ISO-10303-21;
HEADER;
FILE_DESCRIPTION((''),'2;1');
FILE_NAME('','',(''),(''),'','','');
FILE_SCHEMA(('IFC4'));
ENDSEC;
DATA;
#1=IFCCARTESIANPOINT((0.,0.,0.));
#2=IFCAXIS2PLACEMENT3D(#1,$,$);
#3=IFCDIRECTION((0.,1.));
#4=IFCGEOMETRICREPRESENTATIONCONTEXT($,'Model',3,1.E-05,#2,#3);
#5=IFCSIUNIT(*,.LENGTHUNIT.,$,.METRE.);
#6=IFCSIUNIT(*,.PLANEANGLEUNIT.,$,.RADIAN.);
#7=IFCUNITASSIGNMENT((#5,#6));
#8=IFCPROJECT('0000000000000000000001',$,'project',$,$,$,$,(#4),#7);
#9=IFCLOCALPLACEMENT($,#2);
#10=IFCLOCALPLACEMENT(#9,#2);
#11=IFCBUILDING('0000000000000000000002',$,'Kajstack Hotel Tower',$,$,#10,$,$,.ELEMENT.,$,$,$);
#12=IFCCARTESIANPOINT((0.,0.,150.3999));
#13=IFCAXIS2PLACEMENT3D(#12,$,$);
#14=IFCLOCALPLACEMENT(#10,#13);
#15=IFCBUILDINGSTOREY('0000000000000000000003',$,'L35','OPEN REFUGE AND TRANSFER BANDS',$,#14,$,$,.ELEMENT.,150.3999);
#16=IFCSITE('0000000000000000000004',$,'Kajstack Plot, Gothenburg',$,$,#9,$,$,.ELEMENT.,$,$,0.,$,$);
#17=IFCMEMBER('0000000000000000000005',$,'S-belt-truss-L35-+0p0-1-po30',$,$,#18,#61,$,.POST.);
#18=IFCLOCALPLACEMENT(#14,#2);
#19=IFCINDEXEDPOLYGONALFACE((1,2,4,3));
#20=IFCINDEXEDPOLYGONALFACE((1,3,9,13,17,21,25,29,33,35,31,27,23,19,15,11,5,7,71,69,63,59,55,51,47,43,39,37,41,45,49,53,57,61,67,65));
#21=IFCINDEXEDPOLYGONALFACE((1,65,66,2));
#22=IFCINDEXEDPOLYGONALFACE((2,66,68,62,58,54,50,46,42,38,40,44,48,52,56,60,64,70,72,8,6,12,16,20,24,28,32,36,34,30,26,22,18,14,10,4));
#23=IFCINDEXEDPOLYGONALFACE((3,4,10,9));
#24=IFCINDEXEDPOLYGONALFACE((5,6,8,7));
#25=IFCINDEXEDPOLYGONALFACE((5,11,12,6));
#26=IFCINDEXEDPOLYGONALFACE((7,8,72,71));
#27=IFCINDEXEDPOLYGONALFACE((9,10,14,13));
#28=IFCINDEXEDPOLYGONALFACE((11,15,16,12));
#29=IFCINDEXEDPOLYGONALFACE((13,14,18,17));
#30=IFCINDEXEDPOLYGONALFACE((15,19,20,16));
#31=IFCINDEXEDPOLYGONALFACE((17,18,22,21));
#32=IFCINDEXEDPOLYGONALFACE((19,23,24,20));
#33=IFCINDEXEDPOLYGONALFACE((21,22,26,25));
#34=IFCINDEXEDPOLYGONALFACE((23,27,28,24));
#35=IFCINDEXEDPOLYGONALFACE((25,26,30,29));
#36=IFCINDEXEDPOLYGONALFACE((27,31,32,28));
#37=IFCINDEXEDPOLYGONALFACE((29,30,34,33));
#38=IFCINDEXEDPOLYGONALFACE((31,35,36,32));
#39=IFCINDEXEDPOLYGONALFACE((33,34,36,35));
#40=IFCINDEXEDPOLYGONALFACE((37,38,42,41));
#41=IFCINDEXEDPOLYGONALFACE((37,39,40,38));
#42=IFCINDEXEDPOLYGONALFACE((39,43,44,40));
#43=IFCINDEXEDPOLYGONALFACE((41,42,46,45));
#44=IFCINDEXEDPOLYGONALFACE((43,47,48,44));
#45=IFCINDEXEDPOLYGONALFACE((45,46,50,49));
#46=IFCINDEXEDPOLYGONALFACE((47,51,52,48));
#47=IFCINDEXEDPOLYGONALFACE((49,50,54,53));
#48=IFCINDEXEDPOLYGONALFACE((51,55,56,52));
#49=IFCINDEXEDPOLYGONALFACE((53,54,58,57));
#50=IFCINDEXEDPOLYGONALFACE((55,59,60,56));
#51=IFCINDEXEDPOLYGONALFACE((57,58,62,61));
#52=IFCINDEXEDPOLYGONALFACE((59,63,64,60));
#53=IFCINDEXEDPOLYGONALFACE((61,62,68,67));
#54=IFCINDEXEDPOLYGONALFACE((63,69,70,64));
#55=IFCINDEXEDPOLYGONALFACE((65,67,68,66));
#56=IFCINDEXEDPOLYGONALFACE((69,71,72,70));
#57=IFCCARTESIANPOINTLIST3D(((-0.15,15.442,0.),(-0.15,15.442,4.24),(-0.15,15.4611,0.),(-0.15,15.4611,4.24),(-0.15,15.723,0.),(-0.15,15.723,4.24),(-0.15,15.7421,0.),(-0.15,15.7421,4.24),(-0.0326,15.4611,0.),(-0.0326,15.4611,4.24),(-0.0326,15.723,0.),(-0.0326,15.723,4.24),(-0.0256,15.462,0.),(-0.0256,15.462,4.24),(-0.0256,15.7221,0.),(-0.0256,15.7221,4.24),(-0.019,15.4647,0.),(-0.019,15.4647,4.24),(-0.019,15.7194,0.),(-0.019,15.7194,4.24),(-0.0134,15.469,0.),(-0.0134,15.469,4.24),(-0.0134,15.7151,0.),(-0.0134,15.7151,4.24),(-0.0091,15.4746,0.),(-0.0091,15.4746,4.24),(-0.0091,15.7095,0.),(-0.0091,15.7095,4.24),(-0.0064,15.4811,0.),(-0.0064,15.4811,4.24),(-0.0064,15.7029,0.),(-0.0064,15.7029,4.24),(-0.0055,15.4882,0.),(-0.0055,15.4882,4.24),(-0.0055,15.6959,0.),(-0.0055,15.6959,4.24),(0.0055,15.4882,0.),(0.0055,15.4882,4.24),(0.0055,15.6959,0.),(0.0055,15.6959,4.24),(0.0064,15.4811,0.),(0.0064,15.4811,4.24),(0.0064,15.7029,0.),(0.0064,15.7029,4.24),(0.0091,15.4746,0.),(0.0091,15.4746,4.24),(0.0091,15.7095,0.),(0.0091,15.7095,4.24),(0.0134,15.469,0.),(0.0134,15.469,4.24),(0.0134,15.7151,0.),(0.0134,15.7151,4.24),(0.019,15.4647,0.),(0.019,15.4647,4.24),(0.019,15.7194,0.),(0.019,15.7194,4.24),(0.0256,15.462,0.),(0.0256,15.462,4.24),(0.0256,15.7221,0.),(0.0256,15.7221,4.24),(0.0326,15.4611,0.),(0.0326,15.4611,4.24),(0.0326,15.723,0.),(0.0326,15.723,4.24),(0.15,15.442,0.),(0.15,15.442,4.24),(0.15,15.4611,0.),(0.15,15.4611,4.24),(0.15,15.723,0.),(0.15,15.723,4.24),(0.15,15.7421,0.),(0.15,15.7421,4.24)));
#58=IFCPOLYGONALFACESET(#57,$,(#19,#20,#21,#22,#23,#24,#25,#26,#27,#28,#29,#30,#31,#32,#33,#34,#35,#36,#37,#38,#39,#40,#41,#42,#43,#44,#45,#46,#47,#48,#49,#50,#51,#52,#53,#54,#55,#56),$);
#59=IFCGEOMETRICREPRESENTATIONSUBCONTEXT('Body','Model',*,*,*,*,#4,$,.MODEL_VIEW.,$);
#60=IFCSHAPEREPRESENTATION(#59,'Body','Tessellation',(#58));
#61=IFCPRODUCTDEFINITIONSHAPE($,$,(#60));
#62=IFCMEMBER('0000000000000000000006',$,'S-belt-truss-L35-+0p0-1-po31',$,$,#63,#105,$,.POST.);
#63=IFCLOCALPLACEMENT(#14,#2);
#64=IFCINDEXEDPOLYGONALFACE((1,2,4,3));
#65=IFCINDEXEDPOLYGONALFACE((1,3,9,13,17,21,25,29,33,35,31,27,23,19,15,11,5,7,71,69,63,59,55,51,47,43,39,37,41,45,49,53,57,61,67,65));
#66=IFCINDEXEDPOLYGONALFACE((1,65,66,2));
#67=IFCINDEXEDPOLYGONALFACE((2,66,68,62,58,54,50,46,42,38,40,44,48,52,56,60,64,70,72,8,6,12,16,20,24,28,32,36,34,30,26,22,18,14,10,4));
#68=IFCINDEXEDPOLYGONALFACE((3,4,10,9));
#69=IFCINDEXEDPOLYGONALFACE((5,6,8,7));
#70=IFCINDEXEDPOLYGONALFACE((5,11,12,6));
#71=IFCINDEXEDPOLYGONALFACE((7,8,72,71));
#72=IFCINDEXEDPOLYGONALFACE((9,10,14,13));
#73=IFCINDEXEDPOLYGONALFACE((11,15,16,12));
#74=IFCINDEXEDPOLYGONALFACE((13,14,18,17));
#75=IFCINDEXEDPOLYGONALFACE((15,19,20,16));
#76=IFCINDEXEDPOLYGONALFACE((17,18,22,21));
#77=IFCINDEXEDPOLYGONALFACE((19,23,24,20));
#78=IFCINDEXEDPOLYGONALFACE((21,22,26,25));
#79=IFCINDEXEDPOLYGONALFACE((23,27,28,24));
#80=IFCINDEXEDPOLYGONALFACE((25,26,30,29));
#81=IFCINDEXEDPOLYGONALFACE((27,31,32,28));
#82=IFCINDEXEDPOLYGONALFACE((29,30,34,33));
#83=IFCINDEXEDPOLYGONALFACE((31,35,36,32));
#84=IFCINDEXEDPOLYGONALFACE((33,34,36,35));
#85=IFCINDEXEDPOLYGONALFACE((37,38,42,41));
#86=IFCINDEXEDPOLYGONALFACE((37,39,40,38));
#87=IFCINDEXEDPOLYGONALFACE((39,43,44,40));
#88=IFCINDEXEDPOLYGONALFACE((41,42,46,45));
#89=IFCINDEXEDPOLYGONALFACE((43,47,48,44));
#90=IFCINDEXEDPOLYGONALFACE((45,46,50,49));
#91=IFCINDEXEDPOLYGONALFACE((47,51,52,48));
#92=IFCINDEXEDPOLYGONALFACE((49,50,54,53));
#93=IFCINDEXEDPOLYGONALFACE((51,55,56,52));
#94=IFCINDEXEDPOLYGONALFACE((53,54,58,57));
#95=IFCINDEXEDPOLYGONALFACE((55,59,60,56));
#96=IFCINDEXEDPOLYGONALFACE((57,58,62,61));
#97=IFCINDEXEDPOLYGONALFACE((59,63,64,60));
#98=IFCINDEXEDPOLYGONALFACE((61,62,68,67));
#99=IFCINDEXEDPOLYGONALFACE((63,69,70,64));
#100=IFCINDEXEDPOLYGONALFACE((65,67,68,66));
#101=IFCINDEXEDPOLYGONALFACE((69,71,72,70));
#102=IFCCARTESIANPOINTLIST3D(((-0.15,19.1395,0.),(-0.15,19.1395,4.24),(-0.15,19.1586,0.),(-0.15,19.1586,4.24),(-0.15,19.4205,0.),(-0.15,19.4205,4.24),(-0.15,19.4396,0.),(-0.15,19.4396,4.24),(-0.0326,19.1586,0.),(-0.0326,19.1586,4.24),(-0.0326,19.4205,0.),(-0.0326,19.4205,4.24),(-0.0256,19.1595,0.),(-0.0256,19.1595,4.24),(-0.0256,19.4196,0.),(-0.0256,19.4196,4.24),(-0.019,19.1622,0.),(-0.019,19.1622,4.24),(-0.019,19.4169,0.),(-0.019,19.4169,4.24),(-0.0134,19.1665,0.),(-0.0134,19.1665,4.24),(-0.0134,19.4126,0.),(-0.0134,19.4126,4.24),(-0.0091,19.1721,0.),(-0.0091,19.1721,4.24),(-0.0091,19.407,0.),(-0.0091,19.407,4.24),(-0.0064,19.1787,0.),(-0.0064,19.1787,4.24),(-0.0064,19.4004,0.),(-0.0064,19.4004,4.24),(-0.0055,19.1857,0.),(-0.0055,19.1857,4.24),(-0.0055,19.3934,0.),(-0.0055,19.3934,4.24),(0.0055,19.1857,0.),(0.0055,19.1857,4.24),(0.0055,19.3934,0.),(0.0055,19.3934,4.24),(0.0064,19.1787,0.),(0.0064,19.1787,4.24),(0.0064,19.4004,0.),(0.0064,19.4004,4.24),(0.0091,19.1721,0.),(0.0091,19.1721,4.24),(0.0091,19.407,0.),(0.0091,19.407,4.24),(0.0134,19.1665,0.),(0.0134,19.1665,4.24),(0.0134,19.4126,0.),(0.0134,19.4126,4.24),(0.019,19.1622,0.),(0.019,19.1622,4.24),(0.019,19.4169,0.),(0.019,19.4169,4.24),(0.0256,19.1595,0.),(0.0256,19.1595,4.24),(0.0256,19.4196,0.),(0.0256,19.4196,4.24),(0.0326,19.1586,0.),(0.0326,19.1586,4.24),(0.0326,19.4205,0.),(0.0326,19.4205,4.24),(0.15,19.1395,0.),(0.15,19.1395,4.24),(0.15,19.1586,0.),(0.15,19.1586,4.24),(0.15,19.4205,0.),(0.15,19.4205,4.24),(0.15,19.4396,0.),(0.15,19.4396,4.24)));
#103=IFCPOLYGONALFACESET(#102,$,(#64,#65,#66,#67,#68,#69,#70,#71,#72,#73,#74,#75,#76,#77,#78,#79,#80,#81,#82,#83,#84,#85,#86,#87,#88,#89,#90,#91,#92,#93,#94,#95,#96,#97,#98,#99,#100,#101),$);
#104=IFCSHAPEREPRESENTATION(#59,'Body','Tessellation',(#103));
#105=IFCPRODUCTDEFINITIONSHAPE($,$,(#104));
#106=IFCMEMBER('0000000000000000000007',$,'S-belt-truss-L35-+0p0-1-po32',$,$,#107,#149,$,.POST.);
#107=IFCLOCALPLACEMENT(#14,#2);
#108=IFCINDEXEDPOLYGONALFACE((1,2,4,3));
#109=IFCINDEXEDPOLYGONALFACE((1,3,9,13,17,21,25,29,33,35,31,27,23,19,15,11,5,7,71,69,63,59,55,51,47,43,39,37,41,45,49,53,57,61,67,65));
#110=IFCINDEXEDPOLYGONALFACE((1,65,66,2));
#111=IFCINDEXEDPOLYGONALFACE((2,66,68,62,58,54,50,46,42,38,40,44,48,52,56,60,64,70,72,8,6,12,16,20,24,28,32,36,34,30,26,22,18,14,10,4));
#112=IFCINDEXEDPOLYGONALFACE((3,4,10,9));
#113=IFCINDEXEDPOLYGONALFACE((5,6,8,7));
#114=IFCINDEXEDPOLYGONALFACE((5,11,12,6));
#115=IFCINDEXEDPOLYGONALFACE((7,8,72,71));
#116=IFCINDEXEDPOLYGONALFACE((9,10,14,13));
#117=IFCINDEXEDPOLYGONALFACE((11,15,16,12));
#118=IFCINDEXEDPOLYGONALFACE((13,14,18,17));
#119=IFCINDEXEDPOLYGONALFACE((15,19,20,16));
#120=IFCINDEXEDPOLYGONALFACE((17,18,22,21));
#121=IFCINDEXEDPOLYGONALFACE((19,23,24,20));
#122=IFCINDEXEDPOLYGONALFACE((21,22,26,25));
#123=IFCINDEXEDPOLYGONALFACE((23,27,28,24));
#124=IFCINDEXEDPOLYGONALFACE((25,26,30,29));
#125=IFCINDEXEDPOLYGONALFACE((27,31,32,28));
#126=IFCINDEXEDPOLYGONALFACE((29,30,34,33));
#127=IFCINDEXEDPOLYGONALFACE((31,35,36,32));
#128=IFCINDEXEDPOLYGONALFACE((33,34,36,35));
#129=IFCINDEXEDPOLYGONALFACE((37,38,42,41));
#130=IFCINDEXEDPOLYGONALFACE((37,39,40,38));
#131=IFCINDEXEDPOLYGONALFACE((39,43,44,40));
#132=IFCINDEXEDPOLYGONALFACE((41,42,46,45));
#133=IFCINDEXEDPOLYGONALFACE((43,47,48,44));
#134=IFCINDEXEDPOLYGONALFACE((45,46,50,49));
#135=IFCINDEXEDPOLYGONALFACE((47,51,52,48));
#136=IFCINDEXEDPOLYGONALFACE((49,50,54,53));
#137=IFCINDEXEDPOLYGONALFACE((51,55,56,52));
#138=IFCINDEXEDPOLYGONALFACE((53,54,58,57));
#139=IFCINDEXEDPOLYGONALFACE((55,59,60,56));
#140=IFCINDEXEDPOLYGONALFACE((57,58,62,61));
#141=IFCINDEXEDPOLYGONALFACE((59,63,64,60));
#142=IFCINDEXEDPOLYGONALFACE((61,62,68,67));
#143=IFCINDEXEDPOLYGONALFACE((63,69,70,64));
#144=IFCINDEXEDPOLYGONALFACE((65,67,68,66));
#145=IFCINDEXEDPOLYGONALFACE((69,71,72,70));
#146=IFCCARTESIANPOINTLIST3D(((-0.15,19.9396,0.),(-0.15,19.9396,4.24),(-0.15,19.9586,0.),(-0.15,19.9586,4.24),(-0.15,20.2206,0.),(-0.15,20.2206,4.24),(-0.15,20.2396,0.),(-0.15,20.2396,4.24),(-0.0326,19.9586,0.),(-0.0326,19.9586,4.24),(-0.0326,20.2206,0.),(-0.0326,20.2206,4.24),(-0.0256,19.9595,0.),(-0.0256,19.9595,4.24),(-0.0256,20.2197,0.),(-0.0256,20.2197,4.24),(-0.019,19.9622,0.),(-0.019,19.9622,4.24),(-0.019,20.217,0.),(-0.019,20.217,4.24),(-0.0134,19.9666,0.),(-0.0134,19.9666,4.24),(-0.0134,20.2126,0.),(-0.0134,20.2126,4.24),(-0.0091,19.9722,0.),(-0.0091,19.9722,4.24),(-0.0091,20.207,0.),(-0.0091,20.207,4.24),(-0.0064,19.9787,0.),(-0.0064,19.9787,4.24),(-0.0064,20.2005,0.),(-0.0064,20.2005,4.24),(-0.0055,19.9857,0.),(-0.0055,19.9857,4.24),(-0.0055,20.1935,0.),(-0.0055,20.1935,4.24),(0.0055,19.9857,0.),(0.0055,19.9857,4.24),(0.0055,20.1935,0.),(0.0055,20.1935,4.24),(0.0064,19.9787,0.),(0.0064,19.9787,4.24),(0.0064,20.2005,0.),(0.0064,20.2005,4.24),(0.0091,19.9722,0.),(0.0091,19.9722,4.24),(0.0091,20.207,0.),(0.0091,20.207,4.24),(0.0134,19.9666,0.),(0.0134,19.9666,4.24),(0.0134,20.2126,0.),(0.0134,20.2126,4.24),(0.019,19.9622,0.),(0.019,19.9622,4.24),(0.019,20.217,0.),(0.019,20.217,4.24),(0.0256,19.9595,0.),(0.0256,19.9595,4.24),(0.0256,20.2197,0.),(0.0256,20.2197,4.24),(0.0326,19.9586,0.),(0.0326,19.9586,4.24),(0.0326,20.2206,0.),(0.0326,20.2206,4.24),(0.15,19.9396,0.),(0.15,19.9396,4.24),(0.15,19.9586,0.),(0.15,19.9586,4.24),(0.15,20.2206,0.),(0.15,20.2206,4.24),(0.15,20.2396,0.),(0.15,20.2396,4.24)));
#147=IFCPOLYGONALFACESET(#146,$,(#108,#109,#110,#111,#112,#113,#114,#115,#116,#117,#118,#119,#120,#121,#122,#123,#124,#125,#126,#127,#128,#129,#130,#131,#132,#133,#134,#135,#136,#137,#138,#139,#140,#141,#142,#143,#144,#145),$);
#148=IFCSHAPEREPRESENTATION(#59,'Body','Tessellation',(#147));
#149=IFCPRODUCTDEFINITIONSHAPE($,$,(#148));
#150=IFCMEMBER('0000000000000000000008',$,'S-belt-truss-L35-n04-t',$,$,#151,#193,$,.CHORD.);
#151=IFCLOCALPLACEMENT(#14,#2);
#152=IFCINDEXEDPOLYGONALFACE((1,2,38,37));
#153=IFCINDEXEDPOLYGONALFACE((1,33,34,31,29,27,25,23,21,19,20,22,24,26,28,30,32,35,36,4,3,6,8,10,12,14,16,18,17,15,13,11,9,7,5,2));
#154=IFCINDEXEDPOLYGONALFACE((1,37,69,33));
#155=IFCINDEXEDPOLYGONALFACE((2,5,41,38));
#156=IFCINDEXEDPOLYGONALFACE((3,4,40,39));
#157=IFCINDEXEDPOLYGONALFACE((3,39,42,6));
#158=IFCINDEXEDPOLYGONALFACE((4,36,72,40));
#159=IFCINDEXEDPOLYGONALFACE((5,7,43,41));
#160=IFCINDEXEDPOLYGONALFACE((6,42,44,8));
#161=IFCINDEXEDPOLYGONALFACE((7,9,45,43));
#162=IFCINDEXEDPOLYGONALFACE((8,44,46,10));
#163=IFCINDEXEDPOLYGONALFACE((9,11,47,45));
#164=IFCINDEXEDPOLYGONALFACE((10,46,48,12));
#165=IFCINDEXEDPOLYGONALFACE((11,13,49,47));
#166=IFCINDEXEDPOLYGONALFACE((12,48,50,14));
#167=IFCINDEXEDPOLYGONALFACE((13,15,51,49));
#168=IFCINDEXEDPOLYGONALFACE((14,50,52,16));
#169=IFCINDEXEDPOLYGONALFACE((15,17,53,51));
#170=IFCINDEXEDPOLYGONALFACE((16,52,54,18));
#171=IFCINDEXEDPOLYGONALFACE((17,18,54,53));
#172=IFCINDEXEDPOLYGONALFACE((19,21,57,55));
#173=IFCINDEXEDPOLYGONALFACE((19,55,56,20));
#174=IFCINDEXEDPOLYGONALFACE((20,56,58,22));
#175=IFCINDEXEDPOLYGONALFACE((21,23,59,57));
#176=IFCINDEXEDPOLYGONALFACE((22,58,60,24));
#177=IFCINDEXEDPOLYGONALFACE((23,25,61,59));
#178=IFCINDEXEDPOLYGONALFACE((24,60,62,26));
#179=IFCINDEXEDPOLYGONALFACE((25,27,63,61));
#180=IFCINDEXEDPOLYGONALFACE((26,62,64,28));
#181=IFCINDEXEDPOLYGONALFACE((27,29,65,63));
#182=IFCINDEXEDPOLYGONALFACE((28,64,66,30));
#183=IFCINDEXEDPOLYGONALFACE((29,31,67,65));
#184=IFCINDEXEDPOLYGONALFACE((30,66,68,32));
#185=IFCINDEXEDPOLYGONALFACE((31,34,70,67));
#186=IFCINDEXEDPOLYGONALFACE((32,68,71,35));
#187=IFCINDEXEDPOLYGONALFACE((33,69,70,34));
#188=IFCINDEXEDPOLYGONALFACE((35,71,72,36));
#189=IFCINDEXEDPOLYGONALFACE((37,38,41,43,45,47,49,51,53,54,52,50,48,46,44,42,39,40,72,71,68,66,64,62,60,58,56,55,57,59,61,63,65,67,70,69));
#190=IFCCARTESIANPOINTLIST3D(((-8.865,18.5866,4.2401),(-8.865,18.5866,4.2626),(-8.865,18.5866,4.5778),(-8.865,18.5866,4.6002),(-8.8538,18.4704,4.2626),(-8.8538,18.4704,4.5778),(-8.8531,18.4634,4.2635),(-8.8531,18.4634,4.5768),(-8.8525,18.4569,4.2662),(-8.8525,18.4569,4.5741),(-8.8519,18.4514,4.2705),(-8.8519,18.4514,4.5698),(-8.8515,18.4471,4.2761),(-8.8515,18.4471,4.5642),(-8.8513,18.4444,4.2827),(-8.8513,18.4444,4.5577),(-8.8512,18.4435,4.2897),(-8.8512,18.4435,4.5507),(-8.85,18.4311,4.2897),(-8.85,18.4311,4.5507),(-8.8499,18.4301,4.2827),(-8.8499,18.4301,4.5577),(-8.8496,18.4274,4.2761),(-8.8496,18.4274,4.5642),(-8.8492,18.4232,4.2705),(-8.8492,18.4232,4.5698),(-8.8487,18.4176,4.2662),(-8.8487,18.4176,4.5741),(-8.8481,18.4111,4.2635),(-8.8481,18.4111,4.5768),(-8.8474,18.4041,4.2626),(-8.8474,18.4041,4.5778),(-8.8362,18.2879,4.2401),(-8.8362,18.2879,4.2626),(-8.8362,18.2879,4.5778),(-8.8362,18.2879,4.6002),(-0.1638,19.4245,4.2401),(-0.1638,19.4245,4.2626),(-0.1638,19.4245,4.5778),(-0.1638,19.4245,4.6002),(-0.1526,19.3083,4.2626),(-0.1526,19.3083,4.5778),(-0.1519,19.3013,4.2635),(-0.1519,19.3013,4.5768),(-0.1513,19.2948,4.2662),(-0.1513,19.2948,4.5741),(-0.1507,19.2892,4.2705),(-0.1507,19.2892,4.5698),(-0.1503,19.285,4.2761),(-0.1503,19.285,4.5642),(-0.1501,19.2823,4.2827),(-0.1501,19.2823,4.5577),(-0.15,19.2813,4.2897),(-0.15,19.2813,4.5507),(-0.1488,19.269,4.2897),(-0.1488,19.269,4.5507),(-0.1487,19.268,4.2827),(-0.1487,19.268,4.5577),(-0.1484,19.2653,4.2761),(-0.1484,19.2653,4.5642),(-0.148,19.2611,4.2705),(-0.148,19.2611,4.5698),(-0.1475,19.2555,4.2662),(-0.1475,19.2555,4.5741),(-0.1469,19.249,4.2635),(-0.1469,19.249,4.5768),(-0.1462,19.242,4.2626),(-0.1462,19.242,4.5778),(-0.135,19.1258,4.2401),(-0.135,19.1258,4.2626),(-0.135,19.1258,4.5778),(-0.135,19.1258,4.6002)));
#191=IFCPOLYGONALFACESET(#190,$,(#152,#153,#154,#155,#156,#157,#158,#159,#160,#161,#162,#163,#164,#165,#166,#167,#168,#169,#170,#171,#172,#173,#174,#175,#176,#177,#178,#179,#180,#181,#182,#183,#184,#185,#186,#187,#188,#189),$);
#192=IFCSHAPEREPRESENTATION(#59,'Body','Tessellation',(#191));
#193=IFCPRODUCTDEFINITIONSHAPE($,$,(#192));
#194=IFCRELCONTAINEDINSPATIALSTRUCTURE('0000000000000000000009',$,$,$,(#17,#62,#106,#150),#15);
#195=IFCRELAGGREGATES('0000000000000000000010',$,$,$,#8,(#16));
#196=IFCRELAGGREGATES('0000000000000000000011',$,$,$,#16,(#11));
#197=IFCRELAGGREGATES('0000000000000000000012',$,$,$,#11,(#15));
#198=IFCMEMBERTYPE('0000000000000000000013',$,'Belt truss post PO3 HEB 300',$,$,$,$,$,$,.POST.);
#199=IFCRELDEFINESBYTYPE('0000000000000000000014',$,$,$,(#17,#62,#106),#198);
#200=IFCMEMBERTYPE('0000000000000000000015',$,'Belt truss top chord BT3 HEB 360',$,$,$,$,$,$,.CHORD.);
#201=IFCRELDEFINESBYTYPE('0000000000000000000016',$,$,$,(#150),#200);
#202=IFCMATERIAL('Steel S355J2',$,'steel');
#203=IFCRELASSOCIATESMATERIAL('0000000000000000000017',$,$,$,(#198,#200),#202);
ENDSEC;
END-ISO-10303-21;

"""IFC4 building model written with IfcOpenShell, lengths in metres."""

from ifc_helpers import new_model, si_unit, direction, frame, origin, origin_2d, place, context, subcontext, project, spatial, i_section, extrude, material, material_profile, profile_set, type_object, element, save


model = new_model("IFC4")

# Units and contexts
model_context = context("Model", 3, precision=1e-05, world=origin(), true_north=direction((0.0, 1.0)))
body_context = subcontext(model_context, "Body", "Model", "MODEL_VIEW")
ifc_project = project(units=[si_unit("LENGTHUNIT", "METRE"), si_unit("PLANEANGLEUNIT", "RADIAN")], contexts=[model_context])

# Site, building, storey
site_placement = place(None, origin())
site = spatial("IfcSite", under=ifc_project, at=site_placement, Name="Kajstack Plot, Gothenburg", CompositionType="ELEMENT", RefElevation=0.0)
building_placement = place(site_placement, origin())
building = spatial("IfcBuilding", under=site, at=building_placement, Name="Kajstack Hotel Tower", CompositionType="ELEMENT")
storey_placement = place(building_placement, frame((0.0, 0.0, 150.3999)))
storey = spatial("IfcBuildingStorey", under=building, at=storey_placement, Name="L35", Description="OPEN REFUGE AND TRANSFER BANDS", CompositionType="ELEMENT", Elevation=150.3999)

# Members
ifc_material = material(Name="Steel S355J2", Category="steel")
ifc_material_profile_1 = material_profile(ifc_material, i_section(OverallWidth=0.3, OverallDepth=0.3, WebThickness=0.011, FlangeThickness=0.019, FilletRadius=0.0271, at=origin_2d()), Name="HEB 300")
ifc_profile_set_1 = profile_set([ifc_material_profile_1], Name="Steel S355J2")
member_type_1 = type_object("IfcMemberType", Name="Belt truss post PO3 HEB 300", PredefinedType="POST", material=ifc_profile_set_1)
for number, where, z_axis, x_axis, name in (
    (1, (0.0, 15.592, 0.0), (0.0, 0.0, 1.0), (1.0, 0.0, 0.0), "S-belt-truss-L35-+0p0-1-po30"),
    (2, (0.0, 19.2896, 0.0), (0.0, 0.0, 1.0), (1.0, 0.0, 0.0), "S-belt-truss-L35-+0p0-1-po31"),
    (3, (0.0, 20.0896, 0.0), (0.0, 0.0, 1.0), (1.0, 0.0, 0.0), "S-belt-truss-L35-+0p0-1-po32"),
):
    element("IfcMember", number, at=place(storey_placement, frame(where, z_axis=z_axis, x_axis=x_axis)), inside=storey, type_object=member_type_1, Name=name, PredefinedType="POST", context=body_context, shape_type="SweptSolid", body=[
        extrude(i_section(OverallWidth=0.3, OverallDepth=0.3, WebThickness=0.011, FlangeThickness=0.019, FilletRadius=0.0271, at=origin_2d()), origin(), (0.0, 0.0, 1.0), 4.24),
    ])
ifc_material_profile_2 = material_profile(ifc_material, i_section(OverallWidth=0.3, OverallDepth=0.3601, WebThickness=0.0125, FlangeThickness=0.0225, FilletRadius=0.0271, at=origin_2d()), Name="HEB 360")
ifc_profile_set_2 = profile_set([ifc_material_profile_2], Name="Steel S355J2")
member_type_2 = type_object("IfcMemberType", Name="Belt truss top chord BT3 HEB 360", PredefinedType="CHORD", material=ifc_profile_set_2)
member_1_placement = place(storey_placement, frame((-8.8506, 18.4373, 4.4202), z_axis=(0.995396, 0.095853, 0.0), x_axis=(-0.095853, 0.995396, 0.0)))
element("IfcMember", 4, at=member_1_placement, inside=storey, type_object=member_type_2, Name="S-belt-truss-L35-n04-t", PredefinedType="CHORD", context=body_context, shape_type="SweptSolid", body=[
    extrude(i_section(OverallWidth=0.3, OverallDepth=0.3601, WebThickness=0.0125, FlangeThickness=0.0225, FilletRadius=0.0271, at=origin_2d()), origin(), (0.0, 0.0, 1.0), 8.7415),
])

save(model, "model.ifc")
